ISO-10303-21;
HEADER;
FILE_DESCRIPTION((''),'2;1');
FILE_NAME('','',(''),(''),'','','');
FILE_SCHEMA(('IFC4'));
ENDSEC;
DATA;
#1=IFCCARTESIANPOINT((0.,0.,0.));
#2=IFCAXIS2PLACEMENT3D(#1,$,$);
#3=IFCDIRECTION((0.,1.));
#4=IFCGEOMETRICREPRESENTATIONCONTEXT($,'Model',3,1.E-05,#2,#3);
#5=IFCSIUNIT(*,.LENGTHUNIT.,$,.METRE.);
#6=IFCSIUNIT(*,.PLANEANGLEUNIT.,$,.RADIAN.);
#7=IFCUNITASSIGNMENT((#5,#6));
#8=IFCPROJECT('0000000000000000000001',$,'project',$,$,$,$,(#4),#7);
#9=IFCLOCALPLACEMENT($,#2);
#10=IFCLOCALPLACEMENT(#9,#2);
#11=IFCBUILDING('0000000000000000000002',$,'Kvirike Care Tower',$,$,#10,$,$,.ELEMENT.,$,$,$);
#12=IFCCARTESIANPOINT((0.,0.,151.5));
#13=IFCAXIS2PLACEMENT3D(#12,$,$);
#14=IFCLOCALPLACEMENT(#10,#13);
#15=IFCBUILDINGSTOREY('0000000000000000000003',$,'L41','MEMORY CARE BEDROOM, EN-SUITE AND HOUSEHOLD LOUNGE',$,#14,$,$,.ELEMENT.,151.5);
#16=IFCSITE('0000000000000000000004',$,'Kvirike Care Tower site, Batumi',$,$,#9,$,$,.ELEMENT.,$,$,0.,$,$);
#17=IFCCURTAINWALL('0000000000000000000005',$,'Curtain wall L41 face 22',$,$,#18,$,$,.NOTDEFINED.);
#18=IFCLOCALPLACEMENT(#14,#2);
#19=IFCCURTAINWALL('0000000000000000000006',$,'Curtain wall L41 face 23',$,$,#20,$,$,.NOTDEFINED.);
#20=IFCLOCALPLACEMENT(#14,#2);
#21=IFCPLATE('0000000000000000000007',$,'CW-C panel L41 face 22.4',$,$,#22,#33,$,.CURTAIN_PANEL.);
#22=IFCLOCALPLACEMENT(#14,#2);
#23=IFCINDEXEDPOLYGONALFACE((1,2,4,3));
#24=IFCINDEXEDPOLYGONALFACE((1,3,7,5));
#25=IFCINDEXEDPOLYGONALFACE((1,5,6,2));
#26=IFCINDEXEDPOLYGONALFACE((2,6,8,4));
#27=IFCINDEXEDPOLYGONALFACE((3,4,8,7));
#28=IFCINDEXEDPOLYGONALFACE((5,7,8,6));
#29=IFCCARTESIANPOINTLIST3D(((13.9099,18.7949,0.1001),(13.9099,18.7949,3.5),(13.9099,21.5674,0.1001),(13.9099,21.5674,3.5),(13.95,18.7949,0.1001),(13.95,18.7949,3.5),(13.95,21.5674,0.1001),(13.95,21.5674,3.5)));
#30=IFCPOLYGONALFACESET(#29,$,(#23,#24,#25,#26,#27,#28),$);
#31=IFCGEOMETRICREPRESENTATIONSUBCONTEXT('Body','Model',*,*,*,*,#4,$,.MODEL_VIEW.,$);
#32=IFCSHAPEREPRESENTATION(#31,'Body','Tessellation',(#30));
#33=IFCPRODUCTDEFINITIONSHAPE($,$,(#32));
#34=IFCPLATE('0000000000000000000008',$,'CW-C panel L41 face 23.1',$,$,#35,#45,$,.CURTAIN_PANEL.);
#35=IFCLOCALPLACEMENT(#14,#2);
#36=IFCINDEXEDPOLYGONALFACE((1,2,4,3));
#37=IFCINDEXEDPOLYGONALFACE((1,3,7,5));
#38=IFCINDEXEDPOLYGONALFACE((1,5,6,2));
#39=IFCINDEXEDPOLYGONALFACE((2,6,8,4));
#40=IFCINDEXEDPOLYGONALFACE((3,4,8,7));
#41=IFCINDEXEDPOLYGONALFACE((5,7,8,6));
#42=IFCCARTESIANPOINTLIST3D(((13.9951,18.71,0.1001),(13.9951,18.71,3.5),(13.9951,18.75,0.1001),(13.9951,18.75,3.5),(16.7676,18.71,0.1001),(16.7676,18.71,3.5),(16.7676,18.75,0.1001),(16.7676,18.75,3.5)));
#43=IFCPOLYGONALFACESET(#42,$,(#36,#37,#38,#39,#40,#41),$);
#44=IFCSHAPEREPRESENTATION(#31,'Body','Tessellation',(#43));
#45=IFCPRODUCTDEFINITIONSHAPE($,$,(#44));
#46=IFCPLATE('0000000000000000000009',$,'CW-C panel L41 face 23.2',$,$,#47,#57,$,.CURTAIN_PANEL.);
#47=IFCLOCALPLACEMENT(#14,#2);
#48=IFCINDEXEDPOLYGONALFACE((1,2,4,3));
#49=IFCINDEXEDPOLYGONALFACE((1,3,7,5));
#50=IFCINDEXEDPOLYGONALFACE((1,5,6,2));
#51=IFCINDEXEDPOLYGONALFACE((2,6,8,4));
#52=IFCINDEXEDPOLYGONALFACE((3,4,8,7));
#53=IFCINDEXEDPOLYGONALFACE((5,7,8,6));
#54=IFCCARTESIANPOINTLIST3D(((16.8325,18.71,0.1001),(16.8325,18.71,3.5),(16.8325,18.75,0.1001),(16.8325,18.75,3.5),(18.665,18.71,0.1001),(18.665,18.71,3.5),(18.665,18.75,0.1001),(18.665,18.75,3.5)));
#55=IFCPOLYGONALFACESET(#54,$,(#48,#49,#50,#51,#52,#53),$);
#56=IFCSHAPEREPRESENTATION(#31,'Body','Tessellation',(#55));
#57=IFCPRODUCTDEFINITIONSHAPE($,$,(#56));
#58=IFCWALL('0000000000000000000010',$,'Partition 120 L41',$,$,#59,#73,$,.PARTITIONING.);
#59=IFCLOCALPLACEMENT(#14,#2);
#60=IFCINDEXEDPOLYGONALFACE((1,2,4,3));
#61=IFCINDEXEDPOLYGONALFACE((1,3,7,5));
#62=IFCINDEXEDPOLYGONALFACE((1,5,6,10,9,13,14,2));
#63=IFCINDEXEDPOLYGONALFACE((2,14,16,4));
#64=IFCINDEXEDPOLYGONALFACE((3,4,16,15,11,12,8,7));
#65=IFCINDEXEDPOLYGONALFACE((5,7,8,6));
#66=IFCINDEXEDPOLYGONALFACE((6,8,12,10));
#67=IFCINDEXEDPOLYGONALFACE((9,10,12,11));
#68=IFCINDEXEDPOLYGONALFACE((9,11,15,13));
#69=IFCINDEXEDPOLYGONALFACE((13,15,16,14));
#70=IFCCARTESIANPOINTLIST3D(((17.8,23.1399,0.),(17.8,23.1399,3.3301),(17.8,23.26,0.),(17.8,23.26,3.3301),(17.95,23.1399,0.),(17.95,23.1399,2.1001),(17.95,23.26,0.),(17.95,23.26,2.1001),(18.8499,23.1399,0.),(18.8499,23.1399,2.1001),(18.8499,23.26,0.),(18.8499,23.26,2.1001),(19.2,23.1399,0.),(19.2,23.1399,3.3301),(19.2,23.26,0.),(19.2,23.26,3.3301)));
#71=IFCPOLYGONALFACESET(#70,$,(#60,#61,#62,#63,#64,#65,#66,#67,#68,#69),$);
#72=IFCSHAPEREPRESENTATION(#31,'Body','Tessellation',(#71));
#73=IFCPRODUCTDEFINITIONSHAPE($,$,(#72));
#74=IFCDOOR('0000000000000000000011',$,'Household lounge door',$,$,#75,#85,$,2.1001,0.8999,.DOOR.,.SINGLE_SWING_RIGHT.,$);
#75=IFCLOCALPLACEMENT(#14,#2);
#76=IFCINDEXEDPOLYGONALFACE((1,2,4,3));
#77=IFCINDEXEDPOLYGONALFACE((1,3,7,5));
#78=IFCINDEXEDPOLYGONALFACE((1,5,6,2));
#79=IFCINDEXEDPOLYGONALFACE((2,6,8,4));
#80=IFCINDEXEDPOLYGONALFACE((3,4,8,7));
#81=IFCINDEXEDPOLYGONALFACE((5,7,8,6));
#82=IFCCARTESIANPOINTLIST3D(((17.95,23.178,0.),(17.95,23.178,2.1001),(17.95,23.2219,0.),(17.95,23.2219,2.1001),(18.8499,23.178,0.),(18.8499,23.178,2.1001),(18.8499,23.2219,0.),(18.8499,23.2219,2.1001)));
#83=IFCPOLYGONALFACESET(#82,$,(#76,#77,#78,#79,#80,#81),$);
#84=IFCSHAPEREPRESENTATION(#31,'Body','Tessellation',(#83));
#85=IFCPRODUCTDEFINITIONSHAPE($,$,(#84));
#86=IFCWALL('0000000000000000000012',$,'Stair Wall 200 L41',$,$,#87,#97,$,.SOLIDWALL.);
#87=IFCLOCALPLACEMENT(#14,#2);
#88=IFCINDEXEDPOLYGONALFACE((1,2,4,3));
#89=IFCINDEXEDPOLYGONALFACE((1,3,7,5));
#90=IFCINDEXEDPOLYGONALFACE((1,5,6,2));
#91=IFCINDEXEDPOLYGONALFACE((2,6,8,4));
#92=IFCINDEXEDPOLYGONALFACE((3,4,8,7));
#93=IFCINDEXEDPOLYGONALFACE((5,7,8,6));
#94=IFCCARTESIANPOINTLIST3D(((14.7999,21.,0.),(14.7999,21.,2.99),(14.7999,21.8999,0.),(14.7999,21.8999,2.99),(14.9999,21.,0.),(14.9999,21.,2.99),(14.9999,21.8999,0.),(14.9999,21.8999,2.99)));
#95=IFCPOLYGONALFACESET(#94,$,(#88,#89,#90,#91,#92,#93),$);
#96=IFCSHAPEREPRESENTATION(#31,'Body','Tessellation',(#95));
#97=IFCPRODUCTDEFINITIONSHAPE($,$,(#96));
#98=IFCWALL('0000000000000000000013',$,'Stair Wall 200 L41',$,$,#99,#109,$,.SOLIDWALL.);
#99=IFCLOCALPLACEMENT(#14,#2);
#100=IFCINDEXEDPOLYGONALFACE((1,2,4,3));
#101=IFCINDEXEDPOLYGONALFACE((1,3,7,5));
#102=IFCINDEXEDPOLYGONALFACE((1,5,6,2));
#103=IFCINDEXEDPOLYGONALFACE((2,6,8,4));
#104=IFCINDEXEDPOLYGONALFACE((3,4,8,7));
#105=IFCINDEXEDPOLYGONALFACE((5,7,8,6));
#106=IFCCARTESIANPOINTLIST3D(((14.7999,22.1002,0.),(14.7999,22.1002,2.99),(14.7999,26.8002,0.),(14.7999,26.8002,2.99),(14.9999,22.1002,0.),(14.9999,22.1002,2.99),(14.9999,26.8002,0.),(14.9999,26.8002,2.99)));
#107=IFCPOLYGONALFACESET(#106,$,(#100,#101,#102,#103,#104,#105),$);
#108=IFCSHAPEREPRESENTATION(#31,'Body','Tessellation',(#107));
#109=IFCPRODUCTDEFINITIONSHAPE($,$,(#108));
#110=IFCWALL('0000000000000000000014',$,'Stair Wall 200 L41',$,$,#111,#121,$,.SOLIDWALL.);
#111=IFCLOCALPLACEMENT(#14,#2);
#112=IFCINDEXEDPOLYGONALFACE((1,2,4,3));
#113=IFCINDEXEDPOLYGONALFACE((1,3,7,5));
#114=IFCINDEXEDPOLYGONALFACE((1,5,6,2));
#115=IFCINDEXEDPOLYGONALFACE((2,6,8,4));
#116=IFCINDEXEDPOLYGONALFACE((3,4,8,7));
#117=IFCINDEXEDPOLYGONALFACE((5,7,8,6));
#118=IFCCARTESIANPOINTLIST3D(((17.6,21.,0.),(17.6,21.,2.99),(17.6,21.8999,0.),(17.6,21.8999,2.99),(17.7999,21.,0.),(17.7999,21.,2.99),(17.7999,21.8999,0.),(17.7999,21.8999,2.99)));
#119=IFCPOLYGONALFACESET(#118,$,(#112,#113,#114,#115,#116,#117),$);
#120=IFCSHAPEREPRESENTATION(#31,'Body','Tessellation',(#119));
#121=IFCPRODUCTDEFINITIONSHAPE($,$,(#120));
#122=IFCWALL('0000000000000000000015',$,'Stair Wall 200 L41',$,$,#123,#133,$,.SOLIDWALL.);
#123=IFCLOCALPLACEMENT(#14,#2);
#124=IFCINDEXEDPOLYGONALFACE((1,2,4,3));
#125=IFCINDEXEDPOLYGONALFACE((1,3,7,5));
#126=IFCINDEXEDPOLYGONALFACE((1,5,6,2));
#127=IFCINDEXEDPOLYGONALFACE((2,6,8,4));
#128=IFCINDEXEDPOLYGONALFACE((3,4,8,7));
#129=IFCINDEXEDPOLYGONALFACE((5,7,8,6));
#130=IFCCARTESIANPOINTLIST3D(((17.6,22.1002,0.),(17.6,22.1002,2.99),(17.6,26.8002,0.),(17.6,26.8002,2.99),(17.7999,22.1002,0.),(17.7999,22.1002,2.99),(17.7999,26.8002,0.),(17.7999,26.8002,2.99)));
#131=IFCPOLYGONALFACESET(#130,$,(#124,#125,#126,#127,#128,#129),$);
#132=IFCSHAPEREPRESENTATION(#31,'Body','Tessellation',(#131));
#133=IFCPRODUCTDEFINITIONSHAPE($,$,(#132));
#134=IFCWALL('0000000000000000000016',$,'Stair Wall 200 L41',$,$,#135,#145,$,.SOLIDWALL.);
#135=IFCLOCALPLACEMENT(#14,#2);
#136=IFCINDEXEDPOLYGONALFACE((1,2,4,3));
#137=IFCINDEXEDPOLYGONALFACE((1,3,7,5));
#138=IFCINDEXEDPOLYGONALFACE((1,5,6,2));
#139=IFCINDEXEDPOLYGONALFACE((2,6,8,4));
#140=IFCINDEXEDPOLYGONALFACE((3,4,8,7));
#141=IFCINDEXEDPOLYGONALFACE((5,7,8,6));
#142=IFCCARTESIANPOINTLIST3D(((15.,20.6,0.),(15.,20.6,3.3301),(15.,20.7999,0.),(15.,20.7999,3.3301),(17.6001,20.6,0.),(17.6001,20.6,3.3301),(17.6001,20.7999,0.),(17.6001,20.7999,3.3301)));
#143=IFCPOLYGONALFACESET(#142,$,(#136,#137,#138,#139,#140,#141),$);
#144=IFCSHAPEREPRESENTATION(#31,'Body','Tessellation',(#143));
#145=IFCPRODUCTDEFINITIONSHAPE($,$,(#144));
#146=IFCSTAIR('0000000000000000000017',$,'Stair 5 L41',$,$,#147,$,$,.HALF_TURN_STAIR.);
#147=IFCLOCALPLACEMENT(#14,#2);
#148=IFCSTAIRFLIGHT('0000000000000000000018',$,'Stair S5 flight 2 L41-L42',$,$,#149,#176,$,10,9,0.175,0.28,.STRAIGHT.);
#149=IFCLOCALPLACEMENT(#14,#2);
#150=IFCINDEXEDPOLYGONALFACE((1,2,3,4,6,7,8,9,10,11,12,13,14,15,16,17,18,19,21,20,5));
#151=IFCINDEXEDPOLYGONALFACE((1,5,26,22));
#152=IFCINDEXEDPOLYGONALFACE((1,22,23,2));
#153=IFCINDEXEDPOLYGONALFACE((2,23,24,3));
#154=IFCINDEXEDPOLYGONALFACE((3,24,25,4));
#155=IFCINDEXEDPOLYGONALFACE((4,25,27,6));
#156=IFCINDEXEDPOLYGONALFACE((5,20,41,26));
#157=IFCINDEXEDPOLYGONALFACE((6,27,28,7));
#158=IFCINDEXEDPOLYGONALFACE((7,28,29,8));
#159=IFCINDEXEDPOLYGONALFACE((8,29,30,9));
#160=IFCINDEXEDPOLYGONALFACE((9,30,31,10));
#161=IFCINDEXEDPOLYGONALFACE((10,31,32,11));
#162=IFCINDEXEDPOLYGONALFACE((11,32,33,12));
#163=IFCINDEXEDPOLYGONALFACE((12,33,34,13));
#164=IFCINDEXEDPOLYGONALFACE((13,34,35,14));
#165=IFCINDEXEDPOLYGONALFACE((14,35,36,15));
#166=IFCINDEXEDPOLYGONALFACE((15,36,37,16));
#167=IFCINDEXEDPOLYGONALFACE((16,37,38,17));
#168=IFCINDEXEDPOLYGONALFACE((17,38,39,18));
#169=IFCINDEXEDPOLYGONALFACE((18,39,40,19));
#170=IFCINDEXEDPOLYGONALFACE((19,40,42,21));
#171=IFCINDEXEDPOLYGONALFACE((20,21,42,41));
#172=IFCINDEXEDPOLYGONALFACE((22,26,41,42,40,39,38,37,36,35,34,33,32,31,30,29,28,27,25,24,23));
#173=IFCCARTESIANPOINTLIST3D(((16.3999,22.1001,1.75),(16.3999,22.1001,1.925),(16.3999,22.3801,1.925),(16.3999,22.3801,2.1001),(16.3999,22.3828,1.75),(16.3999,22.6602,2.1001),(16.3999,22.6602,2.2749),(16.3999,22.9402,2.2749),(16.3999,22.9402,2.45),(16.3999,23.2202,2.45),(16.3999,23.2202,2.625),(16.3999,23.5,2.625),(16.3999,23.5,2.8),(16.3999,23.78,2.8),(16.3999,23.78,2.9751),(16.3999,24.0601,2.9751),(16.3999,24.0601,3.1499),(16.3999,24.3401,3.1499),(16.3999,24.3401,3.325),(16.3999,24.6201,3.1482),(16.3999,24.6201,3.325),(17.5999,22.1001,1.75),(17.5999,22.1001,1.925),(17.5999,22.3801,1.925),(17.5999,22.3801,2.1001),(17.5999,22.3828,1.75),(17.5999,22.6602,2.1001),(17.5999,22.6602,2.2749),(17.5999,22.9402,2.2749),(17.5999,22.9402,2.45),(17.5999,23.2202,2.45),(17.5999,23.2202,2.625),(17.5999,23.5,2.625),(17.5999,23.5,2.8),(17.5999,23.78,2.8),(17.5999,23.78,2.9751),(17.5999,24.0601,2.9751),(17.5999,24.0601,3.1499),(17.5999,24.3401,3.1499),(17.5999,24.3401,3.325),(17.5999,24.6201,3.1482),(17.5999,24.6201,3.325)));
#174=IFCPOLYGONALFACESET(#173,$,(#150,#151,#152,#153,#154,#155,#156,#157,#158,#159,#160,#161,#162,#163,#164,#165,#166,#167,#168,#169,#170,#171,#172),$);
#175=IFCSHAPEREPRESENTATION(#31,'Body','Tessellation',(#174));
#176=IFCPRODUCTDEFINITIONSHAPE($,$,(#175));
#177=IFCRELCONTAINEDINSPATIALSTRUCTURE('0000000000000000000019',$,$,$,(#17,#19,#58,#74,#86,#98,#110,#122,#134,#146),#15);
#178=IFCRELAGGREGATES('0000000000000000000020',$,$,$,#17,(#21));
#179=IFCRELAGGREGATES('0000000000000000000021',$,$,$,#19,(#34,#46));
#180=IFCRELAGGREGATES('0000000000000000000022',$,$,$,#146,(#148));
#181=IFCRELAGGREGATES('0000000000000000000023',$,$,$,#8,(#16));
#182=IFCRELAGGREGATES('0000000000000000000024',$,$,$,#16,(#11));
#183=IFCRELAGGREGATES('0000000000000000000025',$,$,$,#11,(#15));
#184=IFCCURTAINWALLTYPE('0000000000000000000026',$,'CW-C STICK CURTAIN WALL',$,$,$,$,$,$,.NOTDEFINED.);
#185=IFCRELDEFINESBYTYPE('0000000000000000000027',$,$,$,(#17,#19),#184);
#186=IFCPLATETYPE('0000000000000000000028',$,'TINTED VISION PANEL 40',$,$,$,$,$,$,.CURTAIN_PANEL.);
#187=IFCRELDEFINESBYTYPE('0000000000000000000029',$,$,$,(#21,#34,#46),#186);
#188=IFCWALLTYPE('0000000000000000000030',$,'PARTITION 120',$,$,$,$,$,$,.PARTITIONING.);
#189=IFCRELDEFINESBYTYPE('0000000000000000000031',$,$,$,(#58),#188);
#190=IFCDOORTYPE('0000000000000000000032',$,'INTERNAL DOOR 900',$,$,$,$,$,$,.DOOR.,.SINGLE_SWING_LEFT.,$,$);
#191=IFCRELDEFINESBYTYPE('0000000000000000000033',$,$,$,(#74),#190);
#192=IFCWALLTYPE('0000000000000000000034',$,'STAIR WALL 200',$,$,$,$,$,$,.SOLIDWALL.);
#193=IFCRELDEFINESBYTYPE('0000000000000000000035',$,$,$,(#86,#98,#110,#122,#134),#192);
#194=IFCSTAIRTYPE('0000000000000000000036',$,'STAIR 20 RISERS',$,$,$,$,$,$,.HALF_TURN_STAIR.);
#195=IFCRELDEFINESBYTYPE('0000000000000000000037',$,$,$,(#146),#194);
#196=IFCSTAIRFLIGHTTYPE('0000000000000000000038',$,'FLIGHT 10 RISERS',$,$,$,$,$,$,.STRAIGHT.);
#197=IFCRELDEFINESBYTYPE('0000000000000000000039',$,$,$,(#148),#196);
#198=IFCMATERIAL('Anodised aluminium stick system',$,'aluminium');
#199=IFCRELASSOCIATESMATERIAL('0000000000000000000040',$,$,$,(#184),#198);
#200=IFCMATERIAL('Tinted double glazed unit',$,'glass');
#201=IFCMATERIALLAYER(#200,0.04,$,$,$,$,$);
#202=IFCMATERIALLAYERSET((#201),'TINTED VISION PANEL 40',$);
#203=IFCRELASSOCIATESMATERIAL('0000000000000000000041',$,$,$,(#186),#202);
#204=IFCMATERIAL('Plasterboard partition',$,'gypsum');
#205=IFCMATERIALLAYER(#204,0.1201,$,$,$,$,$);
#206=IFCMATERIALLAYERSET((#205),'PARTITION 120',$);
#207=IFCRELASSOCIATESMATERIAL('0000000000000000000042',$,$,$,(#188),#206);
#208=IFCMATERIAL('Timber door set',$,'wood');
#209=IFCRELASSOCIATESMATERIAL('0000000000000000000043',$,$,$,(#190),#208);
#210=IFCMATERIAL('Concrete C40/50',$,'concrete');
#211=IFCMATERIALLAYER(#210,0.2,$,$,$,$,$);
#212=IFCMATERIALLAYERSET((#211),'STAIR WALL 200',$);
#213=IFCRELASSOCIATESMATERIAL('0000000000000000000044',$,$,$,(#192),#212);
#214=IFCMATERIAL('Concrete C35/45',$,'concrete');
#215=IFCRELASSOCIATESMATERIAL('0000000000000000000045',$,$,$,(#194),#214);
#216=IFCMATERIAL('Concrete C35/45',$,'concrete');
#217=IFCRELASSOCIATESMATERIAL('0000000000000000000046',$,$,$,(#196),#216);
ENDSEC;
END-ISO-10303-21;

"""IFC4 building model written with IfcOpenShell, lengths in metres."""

from ifc_helpers import new_model, si_unit, direction, frame, frame_2d, origin, origin_2d, place, context, subcontext, project, spatial, polyline, rectangle, outline, extrude, material, layer, layer_set, type_object, element, fill, aggregate, save


model = new_model("IFC4")

# Units and contexts
model_context = context("Model", 3, precision=1e-05, world=origin(), true_north=direction((0.0, 1.0)))
body_context = subcontext(model_context, "Body", "Model", "MODEL_VIEW")
ifc_project = project(units=[si_unit("LENGTHUNIT", "METRE"), si_unit("PLANEANGLEUNIT", "RADIAN")], contexts=[model_context])

# Site, building, storey
site_placement = place(None, origin())
site = spatial("IfcSite", under=ifc_project, at=site_placement, Name="Kvirike Care Tower site, Batumi", CompositionType="ELEMENT", RefElevation=0.0)
building_placement = place(site_placement, origin())
building = spatial("IfcBuilding", under=site, at=building_placement, Name="Kvirike Care Tower", CompositionType="ELEMENT")
storey_placement = place(building_placement, frame((0.0, 0.0, 151.5)))
storey = spatial("IfcBuildingStorey", under=building, at=storey_placement, Name="L41", Description="MEMORY CARE BEDROOM, EN-SUITE AND HOUSEHOLD LOUNGE", CompositionType="ELEMENT", Elevation=151.5)

# Curtain walls
ifc_material_1 = material(Name="Anodised aluminium stick system", Category="aluminium")
curtain_wall_type = type_object("IfcCurtainWallType", Name="CW-C STICK CURTAIN WALL", PredefinedType="NOTDEFINED", material=ifc_material_1)
curtain_wall_1_placement = place(storey_placement, origin())
curtain_wall_1 = element("IfcCurtainWall", 1, at=curtain_wall_1_placement, inside=storey, type_object=curtain_wall_type, Name="Curtain wall L41 face 22", PredefinedType="NOTDEFINED")
curtain_wall_2_placement = place(storey_placement, origin())
curtain_wall_2 = element("IfcCurtainWall", 2, at=curtain_wall_2_placement, inside=storey, type_object=curtain_wall_type, Name="Curtain wall L41 face 23", PredefinedType="NOTDEFINED")

# Plates
ifc_material_2 = material(Name="Tinted double glazed unit", Category="glass")
ifc_layer_1 = layer(ifc_material_2, 0.04)
ifc_layer_set_1 = layer_set([ifc_layer_1], Name="TINTED VISION PANEL 40")
plate_type = type_object("IfcPlateType", Name="TINTED VISION PANEL 40", PredefinedType="CURTAIN_PANEL", material=ifc_layer_set_1)
plate_1_placement = place(storey_placement, frame((13.9299, 20.1812, 0.1001), z_axis=(0.0, 0.0, 1.0), x_axis=(0.0, -1.0, 0.0)))
plate_1 = element("IfcPlate", 3, at=plate_1_placement, type_object=plate_type, Name="CW-C panel L41 face 22.4", PredefinedType="CURTAIN_PANEL", context=body_context, shape_type="SweptSolid", body=[
    extrude(rectangle(XDim=2.7725, YDim=0.04, at=origin_2d()), origin(), (0.0, 0.0, 1.0), 3.3999),
])
aggregate(curtain_wall_1, [plate_1])
plate_2_placement = place(storey_placement, frame((15.3813, 18.73, 0.1001), z_axis=(0.0, 0.0, 1.0), x_axis=(1.0, 0.0, 0.0)))
plate_2 = element("IfcPlate", 4, at=plate_2_placement, type_object=plate_type, Name="CW-C panel L41 face 23.1", PredefinedType="CURTAIN_PANEL", context=body_context, shape_type="SweptSolid", body=[
    extrude(rectangle(XDim=2.7725, YDim=0.04, at=origin_2d()), origin(), (0.0, 0.0, 1.0), 3.3999),
])
plate_3_placement = place(storey_placement, frame((17.7488, 18.73, 0.1001), z_axis=(0.0, 0.0, 1.0), x_axis=(1.0, 0.0, 0.0)))
plate_3 = element("IfcPlate", 5, at=plate_3_placement, type_object=plate_type, Name="CW-C panel L41 face 23.2", PredefinedType="CURTAIN_PANEL", context=body_context, shape_type="SweptSolid", body=[
    extrude(rectangle(XDim=1.8325, YDim=0.04, at=origin_2d()), origin(), (0.0, 0.0, 1.0), 3.3999),
])
aggregate(curtain_wall_2, [plate_2, plate_3])

# Wall, opening, door
ifc_material_3 = material(Name="Plasterboard partition", Category="gypsum")
ifc_layer_2 = layer(ifc_material_3, 0.1201)
ifc_layer_set_2 = layer_set([ifc_layer_2], Name="PARTITION 120")
wall_type_1 = type_object("IfcWallType", Name="PARTITION 120", PredefinedType="PARTITIONING", material=ifc_layer_set_2)
wall_1_placement = place(storey_placement, frame((17.8, 23.2, 0.0), z_axis=(0.0, 0.0, 1.0), x_axis=(1.0, 0.0, 0.0)))
wall_1 = element("IfcWall", 6, at=wall_1_placement, inside=storey, type_object=wall_type_1, Name="Partition 120 L41", PredefinedType="PARTITIONING", context=body_context, shape_type="SweptSolid", body=[
    extrude(rectangle(XDim=1.3999, YDim=0.1201, at=frame_2d((0.7, 0.0))), origin(), (0.0, 0.0, 1.0), 3.3301),
])
opening_placement = place(wall_1_placement, frame((0.1499, 0.0, 0.0)))
opening = element("IfcOpeningElement", 7, at=opening_placement, cuts=wall_1, PredefinedType="OPENING", context=body_context, shape_type="SweptSolid", body=[
    extrude(rectangle(XDim=0.8999, YDim=2.1001, at=frame_2d((0.45, 1.05))), frame((0.0, 0.0706, 0.0), z_axis=(0.0, -1.0, 0.0), x_axis=(1.0, 0.0, 0.0)), (0.0, 0.0, 1.0), 0.1411),
])
ifc_material_4 = material(Name="Timber door set", Category="wood")
door_type = type_object("IfcDoorType", Name="INTERNAL DOOR 900", OperationType="SINGLE_SWING_LEFT", PredefinedType="DOOR", material=ifc_material_4)
door_placement = place(opening_placement, origin())
door = element("IfcDoor", 8, at=door_placement, inside=storey, type_object=door_type, Name="Household lounge door", OperationType="SINGLE_SWING_RIGHT", OverallHeight=2.1001, OverallWidth=0.8999, PredefinedType="DOOR", context=body_context, shape_type="SweptSolid", body=[
    extrude(rectangle(XDim=0.8999, YDim=2.1001, at=frame_2d((0.45, 1.05))), frame((0.0, 0.022, 0.0), z_axis=(0.0, -1.0, 0.0), x_axis=(1.0, 0.0, 0.0)), (0.0, 0.0, 1.0), 0.0439),
])
fill(opening, door)

# Walls
ifc_material_5 = material(Name="Concrete C40/50", Category="concrete")
ifc_layer_3 = layer(ifc_material_5, 0.2)
ifc_layer_set_3 = layer_set([ifc_layer_3], Name="STAIR WALL 200")
wall_type_2 = type_object("IfcWallType", Name="STAIR WALL 200", PredefinedType="SOLIDWALL", material=ifc_layer_set_3)
wall_2_placement = place(storey_placement, frame((14.8999, 21.0, 0.0), z_axis=(0.0, 0.0, 1.0), x_axis=(0.0, 1.0, 0.0)))
element("IfcWall", 9, at=wall_2_placement, inside=storey, type_object=wall_type_2, Name="Stair Wall 200 L41", PredefinedType="SOLIDWALL", context=body_context, shape_type="SweptSolid", body=[
    extrude(rectangle(XDim=0.8999, YDim=0.2, at=frame_2d((0.45, 0.0))), origin(), (0.0, 0.0, 1.0), 2.99),
])
wall_3_placement = place(storey_placement, frame((14.8999, 22.1001, 0.0), z_axis=(0.0, 0.0, 1.0), x_axis=(0.0, 1.0, 0.0)))
element("IfcWall", 10, at=wall_3_placement, inside=storey, type_object=wall_type_2, Name="Stair Wall 200 L41", PredefinedType="SOLIDWALL", context=body_context, shape_type="SweptSolid", body=[
    extrude(rectangle(XDim=4.7, YDim=0.2, at=frame_2d((2.3501, 0.0))), origin(), (0.0, 0.0, 1.0), 2.99),
])
wall_4_placement = place(storey_placement, frame((17.7, 21.0, 0.0), z_axis=(0.0, 0.0, 1.0), x_axis=(0.0, 1.0, 0.0)))
element("IfcWall", 11, at=wall_4_placement, inside=storey, type_object=wall_type_2, Name="Stair Wall 200 L41", PredefinedType="SOLIDWALL", context=body_context, shape_type="SweptSolid", body=[
    extrude(rectangle(XDim=0.8999, YDim=0.2, at=frame_2d((0.45, 0.0))), origin(), (0.0, 0.0, 1.0), 2.99),
])
wall_5_placement = place(storey_placement, frame((17.7, 22.1001, 0.0), z_axis=(0.0, 0.0, 1.0), x_axis=(0.0, 1.0, 0.0)))
element("IfcWall", 12, at=wall_5_placement, inside=storey, type_object=wall_type_2, Name="Stair Wall 200 L41", PredefinedType="SOLIDWALL", context=body_context, shape_type="SweptSolid", body=[
    extrude(rectangle(XDim=4.7, YDim=0.2, at=frame_2d((2.3501, 0.0))), origin(), (0.0, 0.0, 1.0), 2.99),
])
wall_6_placement = place(storey_placement, frame((15.0, 20.7, 0.0), z_axis=(0.0, 0.0, 1.0), x_axis=(1.0, 0.0, 0.0)))
element("IfcWall", 13, at=wall_6_placement, inside=storey, type_object=wall_type_2, Name="Stair Wall 200 L41", PredefinedType="SOLIDWALL", context=body_context, shape_type="SweptSolid", body=[
    extrude(rectangle(XDim=2.6001, YDim=0.2, at=frame_2d((1.3, 0.0))), origin(), (0.0, 0.0, 1.0), 3.3301),
])

# Stair, stair flight
ifc_material_6 = material(Name="Concrete C35/45", Category="concrete")
stair_type = type_object("IfcStairType", Name="STAIR 20 RISERS", PredefinedType="HALF_TURN_STAIR", material=ifc_material_6)
stair_placement = place(storey_placement, origin())
stair = element("IfcStair", 14, at=stair_placement, inside=storey, type_object=stair_type, Name="Stair 5 L41", PredefinedType="HALF_TURN_STAIR")
ifc_material_7 = material(Name="Concrete C35/45", Category="concrete")
stair_flight_type = type_object("IfcStairFlightType", Name="FLIGHT 10 RISERS", PredefinedType="STRAIGHT", material=ifc_material_7)
stair_flight_placement = place(storey_placement, frame((17.0, 22.1001, 1.75), z_axis=(0.0, 0.0, 1.0), x_axis=(0.0, 1.0, 0.0)))
stair_flight = element("IfcStairFlight", 15, at=stair_flight_placement, type_object=stair_flight_type, Name="Stair S5 flight 2 L41-L42", NumberOfRisers=10, NumberOfTreads=9, PredefinedType="STRAIGHT", RiserHeight=0.175, TreadLength=0.28, context=body_context, shape_type="SweptSolid", body=[
    extrude(outline(polyline([(0.0, 0.0), (0.0, 0.175), (0.28, 0.175), (0.28, 0.3501), (0.5601, 0.3501), (0.5601, 0.5249), (0.8401, 0.5249), (0.8401, 0.7), (1.1201, 0.7), (1.1201, 0.875), (1.3999, 0.875), (1.3999, 1.05), (1.6799, 1.05), (1.6799, 1.2251), (1.96, 1.2251), (1.96, 1.3999), (2.24, 1.3999), (2.24, 1.575), (2.52, 1.575), (2.52, 1.75), (2.52, 1.3982), (0.2827, 0.0), (0.0, 0.0)])), frame((0.0, 0.6001, 0.0), z_axis=(0.0, -1.0, 0.0), x_axis=(1.0, 0.0, 0.0)), (0.0, 0.0, 1.0), 1.2),
])
aggregate(stair, [stair_flight])

save(model, "model.ifc")
